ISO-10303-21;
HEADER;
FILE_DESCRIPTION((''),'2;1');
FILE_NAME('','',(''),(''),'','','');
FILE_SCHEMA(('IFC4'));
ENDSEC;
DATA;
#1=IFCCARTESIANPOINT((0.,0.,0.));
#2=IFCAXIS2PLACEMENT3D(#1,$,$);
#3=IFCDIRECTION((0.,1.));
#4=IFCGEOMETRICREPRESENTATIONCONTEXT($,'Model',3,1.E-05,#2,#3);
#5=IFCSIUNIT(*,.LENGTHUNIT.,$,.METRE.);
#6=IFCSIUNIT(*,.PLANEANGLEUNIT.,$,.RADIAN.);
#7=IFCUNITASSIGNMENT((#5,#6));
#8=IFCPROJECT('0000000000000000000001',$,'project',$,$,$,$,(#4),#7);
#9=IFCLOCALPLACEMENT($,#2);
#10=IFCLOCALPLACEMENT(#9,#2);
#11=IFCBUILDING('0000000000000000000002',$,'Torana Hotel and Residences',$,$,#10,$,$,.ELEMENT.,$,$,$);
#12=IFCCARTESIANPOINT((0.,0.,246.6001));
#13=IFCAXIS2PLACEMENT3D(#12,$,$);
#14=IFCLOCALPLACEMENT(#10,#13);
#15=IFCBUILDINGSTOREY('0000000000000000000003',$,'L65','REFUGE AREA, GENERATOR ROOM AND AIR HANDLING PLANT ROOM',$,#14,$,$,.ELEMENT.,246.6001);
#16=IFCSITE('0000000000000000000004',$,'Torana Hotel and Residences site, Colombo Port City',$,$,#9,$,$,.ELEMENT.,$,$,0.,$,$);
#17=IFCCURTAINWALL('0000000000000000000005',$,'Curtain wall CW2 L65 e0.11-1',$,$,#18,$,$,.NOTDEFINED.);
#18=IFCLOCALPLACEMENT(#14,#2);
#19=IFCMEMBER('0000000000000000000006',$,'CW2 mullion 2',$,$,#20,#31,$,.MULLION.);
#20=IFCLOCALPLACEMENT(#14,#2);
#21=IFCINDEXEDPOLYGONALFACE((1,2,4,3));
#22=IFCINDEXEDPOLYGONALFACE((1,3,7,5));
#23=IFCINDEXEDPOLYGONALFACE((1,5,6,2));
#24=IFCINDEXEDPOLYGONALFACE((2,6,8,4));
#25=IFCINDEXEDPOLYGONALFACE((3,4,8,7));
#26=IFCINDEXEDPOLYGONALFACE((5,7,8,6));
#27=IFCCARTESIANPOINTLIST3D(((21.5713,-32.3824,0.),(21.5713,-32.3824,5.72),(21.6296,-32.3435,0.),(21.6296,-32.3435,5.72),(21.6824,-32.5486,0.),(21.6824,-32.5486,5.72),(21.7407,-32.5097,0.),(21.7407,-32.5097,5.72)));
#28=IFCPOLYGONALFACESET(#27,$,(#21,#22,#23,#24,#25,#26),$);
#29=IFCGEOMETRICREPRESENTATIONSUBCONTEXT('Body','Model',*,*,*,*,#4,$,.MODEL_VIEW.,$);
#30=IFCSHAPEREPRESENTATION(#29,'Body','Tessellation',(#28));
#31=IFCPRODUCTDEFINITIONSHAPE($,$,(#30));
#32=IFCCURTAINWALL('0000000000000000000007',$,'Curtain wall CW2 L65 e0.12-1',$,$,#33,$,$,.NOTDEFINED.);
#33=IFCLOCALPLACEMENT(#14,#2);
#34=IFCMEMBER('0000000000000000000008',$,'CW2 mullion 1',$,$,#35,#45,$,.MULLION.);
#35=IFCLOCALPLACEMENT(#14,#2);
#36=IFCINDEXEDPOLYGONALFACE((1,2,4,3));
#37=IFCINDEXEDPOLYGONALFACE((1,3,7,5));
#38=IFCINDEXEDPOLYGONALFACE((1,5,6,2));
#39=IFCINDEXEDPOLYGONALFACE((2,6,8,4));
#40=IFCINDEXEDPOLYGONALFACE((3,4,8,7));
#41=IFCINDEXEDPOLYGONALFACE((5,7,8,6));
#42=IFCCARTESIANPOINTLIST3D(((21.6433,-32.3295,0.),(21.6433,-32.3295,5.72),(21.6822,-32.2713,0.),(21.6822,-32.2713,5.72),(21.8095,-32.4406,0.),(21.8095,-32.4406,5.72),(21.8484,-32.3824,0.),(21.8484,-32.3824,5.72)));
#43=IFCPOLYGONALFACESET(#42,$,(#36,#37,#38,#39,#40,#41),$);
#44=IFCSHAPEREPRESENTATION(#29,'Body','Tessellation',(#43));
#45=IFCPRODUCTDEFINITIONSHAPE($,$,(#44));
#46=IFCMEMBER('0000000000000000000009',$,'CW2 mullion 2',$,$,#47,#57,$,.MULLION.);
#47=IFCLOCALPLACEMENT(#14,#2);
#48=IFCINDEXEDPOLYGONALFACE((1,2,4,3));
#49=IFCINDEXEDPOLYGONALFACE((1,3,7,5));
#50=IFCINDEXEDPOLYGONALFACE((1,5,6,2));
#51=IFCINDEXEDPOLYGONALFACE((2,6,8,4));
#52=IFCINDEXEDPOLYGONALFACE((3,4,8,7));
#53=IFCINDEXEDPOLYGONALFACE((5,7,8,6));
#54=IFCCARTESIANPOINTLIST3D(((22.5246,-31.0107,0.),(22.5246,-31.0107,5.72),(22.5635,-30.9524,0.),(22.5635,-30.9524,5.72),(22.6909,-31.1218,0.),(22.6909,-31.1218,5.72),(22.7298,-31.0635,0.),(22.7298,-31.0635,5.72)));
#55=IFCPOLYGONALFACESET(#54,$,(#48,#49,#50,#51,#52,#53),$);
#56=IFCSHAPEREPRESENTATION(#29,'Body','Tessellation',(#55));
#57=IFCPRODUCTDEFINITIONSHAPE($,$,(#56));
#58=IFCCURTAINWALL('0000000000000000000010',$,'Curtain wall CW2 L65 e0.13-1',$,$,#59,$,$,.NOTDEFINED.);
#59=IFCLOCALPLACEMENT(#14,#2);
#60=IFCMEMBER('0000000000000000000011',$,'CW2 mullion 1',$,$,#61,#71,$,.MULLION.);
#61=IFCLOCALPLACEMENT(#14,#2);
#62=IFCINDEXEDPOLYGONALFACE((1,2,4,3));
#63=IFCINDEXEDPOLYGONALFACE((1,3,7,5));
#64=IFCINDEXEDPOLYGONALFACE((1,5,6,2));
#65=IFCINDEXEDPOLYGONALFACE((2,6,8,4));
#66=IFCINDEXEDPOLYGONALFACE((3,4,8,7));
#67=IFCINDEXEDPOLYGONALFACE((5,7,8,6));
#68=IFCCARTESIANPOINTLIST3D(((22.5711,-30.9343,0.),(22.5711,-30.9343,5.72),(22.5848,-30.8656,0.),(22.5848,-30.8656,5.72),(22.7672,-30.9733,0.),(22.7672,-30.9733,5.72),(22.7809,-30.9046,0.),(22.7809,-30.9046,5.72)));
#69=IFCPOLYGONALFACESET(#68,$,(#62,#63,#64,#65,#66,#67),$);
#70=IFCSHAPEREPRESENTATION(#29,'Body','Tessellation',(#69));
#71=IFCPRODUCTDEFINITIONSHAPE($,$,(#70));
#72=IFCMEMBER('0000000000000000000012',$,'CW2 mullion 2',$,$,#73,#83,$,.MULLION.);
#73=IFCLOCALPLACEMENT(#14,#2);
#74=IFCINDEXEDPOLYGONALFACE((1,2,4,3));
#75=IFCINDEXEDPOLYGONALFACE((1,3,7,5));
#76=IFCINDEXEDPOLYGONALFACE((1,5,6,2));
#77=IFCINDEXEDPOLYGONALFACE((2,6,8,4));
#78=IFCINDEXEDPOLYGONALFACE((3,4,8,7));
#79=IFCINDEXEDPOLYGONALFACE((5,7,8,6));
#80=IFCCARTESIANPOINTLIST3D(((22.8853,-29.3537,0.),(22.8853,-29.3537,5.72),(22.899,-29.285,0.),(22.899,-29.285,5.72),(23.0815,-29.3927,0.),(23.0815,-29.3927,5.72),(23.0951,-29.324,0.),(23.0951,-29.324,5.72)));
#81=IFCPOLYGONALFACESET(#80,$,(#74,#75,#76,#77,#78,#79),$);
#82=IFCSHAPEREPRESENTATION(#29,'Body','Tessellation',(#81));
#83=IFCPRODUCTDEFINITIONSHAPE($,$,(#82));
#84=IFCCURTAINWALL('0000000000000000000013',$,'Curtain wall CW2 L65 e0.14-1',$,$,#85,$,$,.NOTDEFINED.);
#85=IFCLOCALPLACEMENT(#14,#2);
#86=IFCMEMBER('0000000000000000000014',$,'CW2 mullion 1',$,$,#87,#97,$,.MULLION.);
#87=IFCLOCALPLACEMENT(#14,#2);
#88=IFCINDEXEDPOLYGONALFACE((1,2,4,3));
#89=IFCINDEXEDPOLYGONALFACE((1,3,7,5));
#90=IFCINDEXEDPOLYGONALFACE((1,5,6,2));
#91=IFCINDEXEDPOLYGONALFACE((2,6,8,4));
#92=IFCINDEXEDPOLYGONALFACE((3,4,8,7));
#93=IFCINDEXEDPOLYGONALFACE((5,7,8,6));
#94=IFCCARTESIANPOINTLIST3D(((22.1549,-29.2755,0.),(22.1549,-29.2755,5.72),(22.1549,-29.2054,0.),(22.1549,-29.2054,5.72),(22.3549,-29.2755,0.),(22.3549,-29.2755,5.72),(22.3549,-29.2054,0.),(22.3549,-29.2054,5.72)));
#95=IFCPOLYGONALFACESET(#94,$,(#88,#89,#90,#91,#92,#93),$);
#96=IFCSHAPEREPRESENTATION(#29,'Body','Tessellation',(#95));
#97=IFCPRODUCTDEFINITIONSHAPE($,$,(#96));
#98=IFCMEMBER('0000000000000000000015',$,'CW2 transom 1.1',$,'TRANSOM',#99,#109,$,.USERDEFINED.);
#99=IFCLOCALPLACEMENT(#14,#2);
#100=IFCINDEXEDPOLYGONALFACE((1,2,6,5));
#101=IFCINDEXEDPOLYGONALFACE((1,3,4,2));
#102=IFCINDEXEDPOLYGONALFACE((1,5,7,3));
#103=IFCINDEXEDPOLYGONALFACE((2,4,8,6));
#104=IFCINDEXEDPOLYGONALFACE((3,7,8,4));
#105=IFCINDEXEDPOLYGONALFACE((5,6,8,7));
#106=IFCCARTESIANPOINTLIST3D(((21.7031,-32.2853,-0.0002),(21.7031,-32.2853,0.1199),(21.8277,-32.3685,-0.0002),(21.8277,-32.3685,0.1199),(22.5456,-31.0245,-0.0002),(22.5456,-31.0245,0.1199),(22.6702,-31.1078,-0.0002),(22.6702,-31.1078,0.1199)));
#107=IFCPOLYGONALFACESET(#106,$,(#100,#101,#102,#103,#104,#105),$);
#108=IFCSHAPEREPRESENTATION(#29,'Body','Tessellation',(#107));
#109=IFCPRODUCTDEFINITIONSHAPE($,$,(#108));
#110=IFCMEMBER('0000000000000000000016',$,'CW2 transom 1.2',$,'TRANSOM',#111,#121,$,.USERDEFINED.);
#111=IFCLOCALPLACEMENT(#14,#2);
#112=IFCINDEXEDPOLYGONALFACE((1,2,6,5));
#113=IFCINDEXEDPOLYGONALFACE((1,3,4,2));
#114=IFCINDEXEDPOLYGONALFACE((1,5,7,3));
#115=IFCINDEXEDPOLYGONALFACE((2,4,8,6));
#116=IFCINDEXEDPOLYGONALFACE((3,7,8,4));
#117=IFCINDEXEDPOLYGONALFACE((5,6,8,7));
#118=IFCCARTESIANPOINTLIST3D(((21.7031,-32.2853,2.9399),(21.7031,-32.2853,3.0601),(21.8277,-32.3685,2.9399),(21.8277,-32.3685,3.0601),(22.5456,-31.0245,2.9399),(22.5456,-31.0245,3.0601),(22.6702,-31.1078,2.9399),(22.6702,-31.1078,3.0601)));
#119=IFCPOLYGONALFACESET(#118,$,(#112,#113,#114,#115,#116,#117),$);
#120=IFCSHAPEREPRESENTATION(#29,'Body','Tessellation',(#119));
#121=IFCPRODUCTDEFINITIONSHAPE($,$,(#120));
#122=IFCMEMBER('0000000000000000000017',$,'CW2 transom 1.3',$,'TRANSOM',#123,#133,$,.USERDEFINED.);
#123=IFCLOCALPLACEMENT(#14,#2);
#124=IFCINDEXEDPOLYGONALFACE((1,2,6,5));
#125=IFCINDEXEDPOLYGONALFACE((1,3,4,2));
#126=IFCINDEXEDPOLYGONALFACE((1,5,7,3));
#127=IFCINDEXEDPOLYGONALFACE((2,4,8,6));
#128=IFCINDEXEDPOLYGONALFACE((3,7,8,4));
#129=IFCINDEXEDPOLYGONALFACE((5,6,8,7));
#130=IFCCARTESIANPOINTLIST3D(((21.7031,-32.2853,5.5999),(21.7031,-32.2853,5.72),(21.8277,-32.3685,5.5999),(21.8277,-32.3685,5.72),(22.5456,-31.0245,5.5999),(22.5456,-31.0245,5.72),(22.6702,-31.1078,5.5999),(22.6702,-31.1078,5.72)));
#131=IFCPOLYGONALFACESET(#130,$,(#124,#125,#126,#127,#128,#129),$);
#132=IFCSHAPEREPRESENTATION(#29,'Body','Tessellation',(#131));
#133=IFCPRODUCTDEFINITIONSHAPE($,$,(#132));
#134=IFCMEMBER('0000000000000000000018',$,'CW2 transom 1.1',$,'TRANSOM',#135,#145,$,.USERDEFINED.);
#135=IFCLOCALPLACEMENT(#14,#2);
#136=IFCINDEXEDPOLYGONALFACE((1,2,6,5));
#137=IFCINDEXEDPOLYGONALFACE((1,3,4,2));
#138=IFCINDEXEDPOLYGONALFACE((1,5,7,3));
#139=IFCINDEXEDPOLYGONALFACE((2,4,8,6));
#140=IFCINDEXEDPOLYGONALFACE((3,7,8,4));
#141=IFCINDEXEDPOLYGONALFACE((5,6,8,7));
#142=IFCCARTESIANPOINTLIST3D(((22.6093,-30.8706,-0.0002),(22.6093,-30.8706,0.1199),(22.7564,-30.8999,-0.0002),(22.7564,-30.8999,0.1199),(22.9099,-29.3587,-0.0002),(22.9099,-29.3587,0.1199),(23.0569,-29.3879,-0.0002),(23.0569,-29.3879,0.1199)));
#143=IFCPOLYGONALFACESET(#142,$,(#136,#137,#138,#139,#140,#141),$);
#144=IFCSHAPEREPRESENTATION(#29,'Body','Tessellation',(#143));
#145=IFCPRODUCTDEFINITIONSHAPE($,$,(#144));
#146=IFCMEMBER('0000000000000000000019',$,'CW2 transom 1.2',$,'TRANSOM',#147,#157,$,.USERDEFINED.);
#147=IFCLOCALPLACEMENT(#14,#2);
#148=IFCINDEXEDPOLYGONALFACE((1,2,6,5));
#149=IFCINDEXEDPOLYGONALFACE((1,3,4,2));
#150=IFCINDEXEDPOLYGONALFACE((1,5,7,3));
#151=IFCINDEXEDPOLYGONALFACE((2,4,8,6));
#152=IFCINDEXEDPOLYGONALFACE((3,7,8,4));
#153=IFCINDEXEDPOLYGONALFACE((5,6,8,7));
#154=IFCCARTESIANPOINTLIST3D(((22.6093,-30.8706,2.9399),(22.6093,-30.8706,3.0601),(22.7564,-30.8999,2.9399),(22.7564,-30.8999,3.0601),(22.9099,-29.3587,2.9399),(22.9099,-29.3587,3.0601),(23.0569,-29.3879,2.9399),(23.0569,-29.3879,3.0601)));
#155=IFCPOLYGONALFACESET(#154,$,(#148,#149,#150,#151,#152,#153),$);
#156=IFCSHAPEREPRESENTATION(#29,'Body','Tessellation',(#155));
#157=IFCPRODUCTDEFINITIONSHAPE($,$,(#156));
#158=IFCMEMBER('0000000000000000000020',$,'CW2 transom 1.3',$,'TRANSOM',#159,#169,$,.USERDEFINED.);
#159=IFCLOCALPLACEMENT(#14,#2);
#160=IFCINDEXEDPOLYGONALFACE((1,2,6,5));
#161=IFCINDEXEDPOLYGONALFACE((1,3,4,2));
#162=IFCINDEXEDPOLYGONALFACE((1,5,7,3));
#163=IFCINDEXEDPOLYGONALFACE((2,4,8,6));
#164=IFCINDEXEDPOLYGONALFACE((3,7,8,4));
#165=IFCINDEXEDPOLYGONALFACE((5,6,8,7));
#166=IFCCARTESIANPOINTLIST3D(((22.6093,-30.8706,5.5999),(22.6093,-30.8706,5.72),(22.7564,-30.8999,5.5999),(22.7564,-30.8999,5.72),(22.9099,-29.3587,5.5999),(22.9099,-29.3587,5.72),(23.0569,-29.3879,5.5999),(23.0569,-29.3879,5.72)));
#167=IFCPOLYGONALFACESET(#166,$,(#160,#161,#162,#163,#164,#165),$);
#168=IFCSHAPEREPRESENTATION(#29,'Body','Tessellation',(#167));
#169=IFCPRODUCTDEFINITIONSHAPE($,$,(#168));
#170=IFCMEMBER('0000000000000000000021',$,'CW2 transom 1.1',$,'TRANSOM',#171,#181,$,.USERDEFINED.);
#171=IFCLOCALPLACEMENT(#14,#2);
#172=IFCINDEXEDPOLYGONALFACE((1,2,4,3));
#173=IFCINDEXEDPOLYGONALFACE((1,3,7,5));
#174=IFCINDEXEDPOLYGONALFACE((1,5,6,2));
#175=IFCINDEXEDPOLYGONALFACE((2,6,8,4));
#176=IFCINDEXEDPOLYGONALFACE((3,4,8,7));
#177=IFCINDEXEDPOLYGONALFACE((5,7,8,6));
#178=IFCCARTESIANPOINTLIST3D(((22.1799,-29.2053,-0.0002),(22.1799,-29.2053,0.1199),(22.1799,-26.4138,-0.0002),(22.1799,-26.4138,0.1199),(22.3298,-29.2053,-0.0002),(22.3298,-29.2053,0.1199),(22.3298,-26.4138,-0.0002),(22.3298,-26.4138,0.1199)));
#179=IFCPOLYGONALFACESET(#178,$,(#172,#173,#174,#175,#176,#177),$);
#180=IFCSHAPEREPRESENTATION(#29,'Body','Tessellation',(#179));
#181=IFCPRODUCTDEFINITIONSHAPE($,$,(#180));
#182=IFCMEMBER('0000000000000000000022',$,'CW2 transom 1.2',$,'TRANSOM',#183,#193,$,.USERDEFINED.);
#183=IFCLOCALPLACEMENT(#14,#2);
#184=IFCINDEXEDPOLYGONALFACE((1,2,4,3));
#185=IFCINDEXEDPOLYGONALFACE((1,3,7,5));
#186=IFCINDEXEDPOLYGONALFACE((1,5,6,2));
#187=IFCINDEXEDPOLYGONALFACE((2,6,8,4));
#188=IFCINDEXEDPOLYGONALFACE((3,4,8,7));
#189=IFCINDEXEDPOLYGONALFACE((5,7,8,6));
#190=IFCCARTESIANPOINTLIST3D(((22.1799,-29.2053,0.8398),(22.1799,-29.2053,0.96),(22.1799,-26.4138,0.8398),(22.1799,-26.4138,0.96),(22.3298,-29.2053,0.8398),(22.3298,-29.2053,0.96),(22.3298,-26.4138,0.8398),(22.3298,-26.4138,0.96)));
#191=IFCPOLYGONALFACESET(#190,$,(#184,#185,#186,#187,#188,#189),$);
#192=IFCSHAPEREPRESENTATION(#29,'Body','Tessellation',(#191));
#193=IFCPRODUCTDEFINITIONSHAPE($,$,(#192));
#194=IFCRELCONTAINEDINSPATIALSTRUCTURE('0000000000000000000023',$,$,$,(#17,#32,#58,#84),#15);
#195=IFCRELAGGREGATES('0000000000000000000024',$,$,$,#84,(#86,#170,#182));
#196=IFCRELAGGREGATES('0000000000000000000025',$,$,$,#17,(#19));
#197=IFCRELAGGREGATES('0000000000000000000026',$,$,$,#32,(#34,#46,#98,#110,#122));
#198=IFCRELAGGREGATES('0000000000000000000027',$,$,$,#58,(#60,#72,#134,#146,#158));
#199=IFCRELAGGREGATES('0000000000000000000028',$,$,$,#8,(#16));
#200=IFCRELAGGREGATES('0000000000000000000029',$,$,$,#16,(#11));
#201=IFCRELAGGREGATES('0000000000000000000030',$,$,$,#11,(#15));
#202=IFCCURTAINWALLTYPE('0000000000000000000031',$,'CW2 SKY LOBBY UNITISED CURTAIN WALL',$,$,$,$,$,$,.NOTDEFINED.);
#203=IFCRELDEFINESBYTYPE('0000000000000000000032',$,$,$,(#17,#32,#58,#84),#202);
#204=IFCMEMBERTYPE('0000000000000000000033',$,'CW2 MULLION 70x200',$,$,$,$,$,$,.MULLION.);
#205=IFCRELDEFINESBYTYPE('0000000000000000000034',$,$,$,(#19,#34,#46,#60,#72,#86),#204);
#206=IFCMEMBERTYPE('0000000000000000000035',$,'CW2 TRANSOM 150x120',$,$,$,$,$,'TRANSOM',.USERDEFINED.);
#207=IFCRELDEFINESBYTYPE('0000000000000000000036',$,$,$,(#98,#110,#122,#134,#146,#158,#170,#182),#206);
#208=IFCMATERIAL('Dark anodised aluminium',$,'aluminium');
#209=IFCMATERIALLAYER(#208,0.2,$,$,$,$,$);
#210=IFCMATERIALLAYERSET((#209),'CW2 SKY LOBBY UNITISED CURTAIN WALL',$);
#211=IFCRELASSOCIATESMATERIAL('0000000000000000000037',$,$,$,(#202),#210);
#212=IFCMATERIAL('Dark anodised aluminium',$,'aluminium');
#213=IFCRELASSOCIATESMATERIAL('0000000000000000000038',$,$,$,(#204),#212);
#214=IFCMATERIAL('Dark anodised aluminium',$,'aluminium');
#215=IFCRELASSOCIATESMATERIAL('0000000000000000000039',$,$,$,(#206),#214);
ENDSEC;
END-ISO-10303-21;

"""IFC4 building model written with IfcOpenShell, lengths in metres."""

from ifc_helpers import new_model, si_unit, direction, frame, origin, origin_2d, place, context, subcontext, project, spatial, rectangle, extrude, material, layer, layer_set, material_profile, profile_set, type_object, element, aggregate, save


model = new_model("IFC4")

# Units and contexts
model_context = context("Model", 3, precision=1e-05, world=origin(), true_north=direction((0.0, 1.0)))
body_context = subcontext(model_context, "Body", "Model", "MODEL_VIEW")
ifc_project = project(units=[si_unit("LENGTHUNIT", "METRE"), si_unit("PLANEANGLEUNIT", "RADIAN")], contexts=[model_context])

# Site, building, storey
site_placement = place(None, origin())
site = spatial("IfcSite", under=ifc_project, at=site_placement, Name="Torana Hotel and Residences site, Colombo Port City", CompositionType="ELEMENT", RefElevation=0.0)
building_placement = place(site_placement, origin())
building = spatial("IfcBuilding", under=site, at=building_placement, Name="Torana Hotel and Residences", CompositionType="ELEMENT")
storey_placement = place(building_placement, frame((0.0, 0.0, 246.6001)))
storey = spatial("IfcBuildingStorey", under=building, at=storey_placement, Name="L65", Description="REFUGE AREA, GENERATOR ROOM AND AIR HANDLING PLANT ROOM", CompositionType="ELEMENT", Elevation=246.6001)

# Curtain wall, member
ifc_material_1 = material(Name="Dark anodised aluminium", Category="aluminium")
ifc_layer_1 = layer(ifc_material_1, 0.2)
ifc_layer_set_1 = layer_set([ifc_layer_1], Name="CW2 SKY LOBBY UNITISED CURTAIN WALL")
curtain_wall_type = type_object("IfcCurtainWallType", Name="CW2 SKY LOBBY UNITISED CURTAIN WALL", PredefinedType="NOTDEFINED", material=ifc_layer_set_1)
curtain_wall_1_placement = place(storey_placement, origin())
curtain_wall_1 = element("IfcCurtainWall", 1, at=curtain_wall_1_placement, inside=storey, type_object=curtain_wall_type, Name="Curtain wall CW2 L65 e0.11-1", PredefinedType="NOTDEFINED")
ifc_material_2 = material(Name="Dark anodised aluminium", Category="aluminium")
ifc_material_profile_1 = material_profile(ifc_material_2, rectangle(XDim=0.2, YDim=0.0701, at=origin_2d()), Name="CW2 MULLION 70x200")
ifc_profile_set_1 = profile_set([ifc_material_profile_1], Name="Dark anodised aluminium")
member_type_1 = type_object("IfcMemberType", Name="CW2 MULLION 70x200", PredefinedType="MULLION", material=ifc_profile_set_1)
member_1_placement = place(storey_placement, frame((21.656, -32.446, 0.0), z_axis=(0.0, 0.0, 1.0), x_axis=(-0.555564, 0.831474, 0.0)))
member_1 = element("IfcMember", 2, at=member_1_placement, type_object=member_type_1, Name="CW2 mullion 2", PredefinedType="MULLION", context=body_context, shape_type="SweptSolid", body=[
    extrude(rectangle(XDim=0.2, YDim=0.0701, at=origin_2d()), origin(), (0.0, 0.0, 1.0), 5.72),
])

# Curtain walls, members
curtain_wall_2_placement = place(storey_placement, origin())
curtain_wall_2 = element("IfcCurtainWall", 3, at=curtain_wall_2_placement, inside=storey, type_object=curtain_wall_type, Name="Curtain wall CW2 L65 e0.12-1", PredefinedType="NOTDEFINED")
member_2_placement = place(storey_placement, frame((21.7458, -32.356, 0.0), z_axis=(0.0, 0.0, 1.0), x_axis=(-0.831474, 0.555564, 0.0)))
member_2 = element("IfcMember", 4, at=member_2_placement, type_object=member_type_1, Name="CW2 mullion 1", PredefinedType="MULLION", context=body_context, shape_type="SweptSolid", body=[
    extrude(rectangle(XDim=0.2, YDim=0.0701, at=origin_2d()), origin(), (0.0, 0.0, 1.0), 5.72),
])
member_3_placement = place(storey_placement, frame((22.6272, -31.0371, 0.0), z_axis=(0.0, 0.0, 1.0), x_axis=(-0.831474, 0.555564, 0.0)))
member_3 = element("IfcMember", 5, at=member_3_placement, type_object=member_type_1, Name="CW2 mullion 2", PredefinedType="MULLION", context=body_context, shape_type="SweptSolid", body=[
    extrude(rectangle(XDim=0.2, YDim=0.0701, at=origin_2d()), origin(), (0.0, 0.0, 1.0), 5.72),
])
curtain_wall_3_placement = place(storey_placement, origin())
curtain_wall_3 = element("IfcCurtainWall", 6, at=curtain_wall_3_placement, inside=storey, type_object=curtain_wall_type, Name="Curtain wall CW2 L65 e0.13-1", PredefinedType="NOTDEFINED")
member_4_placement = place(storey_placement, frame((22.676, -30.9194, 0.0), z_axis=(0.0, 0.0, 1.0), x_axis=(-0.980791, 0.195064, 0.0)))
member_4 = element("IfcMember", 7, at=member_4_placement, type_object=member_type_1, Name="CW2 mullion 1", PredefinedType="MULLION", context=body_context, shape_type="SweptSolid", body=[
    extrude(rectangle(XDim=0.2, YDim=0.0701, at=origin_2d()), origin(), (0.0, 0.0, 1.0), 5.72),
])
member_5_placement = place(storey_placement, frame((22.9902, -29.3389, 0.0), z_axis=(0.0, 0.0, 1.0), x_axis=(-0.980791, 0.195064, 0.0)))
member_5 = element("IfcMember", 8, at=member_5_placement, type_object=member_type_1, Name="CW2 mullion 2", PredefinedType="MULLION", context=body_context, shape_type="SweptSolid", body=[
    extrude(rectangle(XDim=0.2, YDim=0.0701, at=origin_2d()), origin(), (0.0, 0.0, 1.0), 5.72),
])

# Curtain wall, member
curtain_wall_4_placement = place(storey_placement, origin())
curtain_wall_4 = element("IfcCurtainWall", 9, at=curtain_wall_4_placement, inside=storey, type_object=curtain_wall_type, Name="Curtain wall CW2 L65 e0.14-1", PredefinedType="NOTDEFINED")
member_6_placement = place(storey_placement, frame((22.2549, -29.2405, 0.0), z_axis=(0.0, 0.0, 1.0), x_axis=(-1.0, 0.0, 0.0)))
member_6 = element("IfcMember", 10, at=member_6_placement, type_object=member_type_1, Name="CW2 mullion 1", PredefinedType="MULLION", context=body_context, shape_type="SweptSolid", body=[
    extrude(rectangle(XDim=0.2, YDim=0.0701, at=origin_2d()), origin(), (0.0, 0.0, 1.0), 5.72),
])

# Members
ifc_material_3 = material(Name="Dark anodised aluminium", Category="aluminium")
ifc_material_profile_2 = material_profile(ifc_material_3, rectangle(XDim=0.1499, YDim=0.1201, at=origin_2d()), Name="CW2 TRANSOM 150x120")
ifc_profile_set_2 = profile_set([ifc_material_profile_2], Name="Dark anodised aluminium")
member_type_2 = type_object("IfcMemberType", Name="CW2 TRANSOM 150x120", ElementType="TRANSOM", PredefinedType="USERDEFINED", material=ifc_profile_set_2)
member_7_placement = place(storey_placement, frame((21.7654, -32.3269, 0.0598), z_axis=(0.555629, 0.831431, 0.0), x_axis=(-0.831431, 0.555629, 0.0)))
member_7 = element("IfcMember", 11, at=member_7_placement, type_object=member_type_2, Name="CW2 transom 1.1", ObjectType="TRANSOM", PredefinedType="USERDEFINED", context=body_context, shape_type="SweptSolid", body=[
    extrude(rectangle(XDim=0.1499, YDim=0.1201, at=origin_2d()), origin(), (0.0, 0.0, 1.0), 1.5164),
])
member_8_placement = place(storey_placement, frame((21.7654, -32.3269, 3.0), z_axis=(0.555629, 0.831431, 0.0), x_axis=(-0.831431, 0.555629, 0.0)))
member_8 = element("IfcMember", 12, at=member_8_placement, type_object=member_type_2, Name="CW2 transom 1.2", ObjectType="TRANSOM", PredefinedType="USERDEFINED", context=body_context, shape_type="SweptSolid", body=[
    extrude(rectangle(XDim=0.1499, YDim=0.1201, at=origin_2d()), origin(), (0.0, 0.0, 1.0), 1.5164),
])
member_9_placement = place(storey_placement, frame((21.7654, -32.3269, 5.6599), z_axis=(0.555629, 0.831431, 0.0), x_axis=(-0.831431, 0.555629, 0.0)))
member_9 = element("IfcMember", 13, at=member_9_placement, type_object=member_type_2, Name="CW2 transom 1.3", ObjectType="TRANSOM", PredefinedType="USERDEFINED", context=body_context, shape_type="SweptSolid", body=[
    extrude(rectangle(XDim=0.1499, YDim=0.1201, at=origin_2d()), origin(), (0.0, 0.0, 1.0), 1.5164),
])
member_10_placement = place(storey_placement, frame((22.6829, -30.8853, 0.0598), z_axis=(0.194959, 0.980811, 0.0), x_axis=(-0.980811, 0.194959, 0.0)))
member_10 = element("IfcMember", 14, at=member_10_placement, type_object=member_type_2, Name="CW2 transom 1.1", ObjectType="TRANSOM", PredefinedType="USERDEFINED", context=body_context, shape_type="SweptSolid", body=[
    extrude(rectangle(XDim=0.1499, YDim=0.1201, at=origin_2d()), origin(), (0.0, 0.0, 1.0), 1.5415),
])
member_11_placement = place(storey_placement, frame((22.6829, -30.8853, 3.0), z_axis=(0.194959, 0.980811, 0.0), x_axis=(-0.980811, 0.194959, 0.0)))
member_11 = element("IfcMember", 15, at=member_11_placement, type_object=member_type_2, Name="CW2 transom 1.2", ObjectType="TRANSOM", PredefinedType="USERDEFINED", context=body_context, shape_type="SweptSolid", body=[
    extrude(rectangle(XDim=0.1499, YDim=0.1201, at=origin_2d()), origin(), (0.0, 0.0, 1.0), 1.5415),
])
member_12_placement = place(storey_placement, frame((22.6829, -30.8853, 5.6599), z_axis=(0.194959, 0.980811, 0.0), x_axis=(-0.980811, 0.194959, 0.0)))
member_12 = element("IfcMember", 16, at=member_12_placement, type_object=member_type_2, Name="CW2 transom 1.3", ObjectType="TRANSOM", PredefinedType="USERDEFINED", context=body_context, shape_type="SweptSolid", body=[
    extrude(rectangle(XDim=0.1499, YDim=0.1201, at=origin_2d()), origin(), (0.0, 0.0, 1.0), 1.5415),
])
member_13_placement = place(storey_placement, frame((22.2549, -29.2053, 0.0598), z_axis=(0.0, 1.0, 0.0), x_axis=(-1.0, 0.0, 0.0)))
member_13 = element("IfcMember", 17, at=member_13_placement, type_object=member_type_2, Name="CW2 transom 1.1", ObjectType="TRANSOM", PredefinedType="USERDEFINED", context=body_context, shape_type="SweptSolid", body=[
    extrude(rectangle(XDim=0.1499, YDim=0.1201, at=origin_2d()), origin(), (0.0, 0.0, 1.0), 2.7915),
])
member_14_placement = place(storey_placement, frame((22.2549, -29.2053, 0.8999), z_axis=(0.0, 1.0, 0.0), x_axis=(-1.0, 0.0, 0.0)))
member_14 = element("IfcMember", 18, at=member_14_placement, type_object=member_type_2, Name="CW2 transom 1.2", ObjectType="TRANSOM", PredefinedType="USERDEFINED", context=body_context, shape_type="SweptSolid", body=[
    extrude(rectangle(XDim=0.1499, YDim=0.1201, at=origin_2d()), origin(), (0.0, 0.0, 1.0), 2.7915),
])
aggregate(curtain_wall_4, [member_6, member_13, member_14])

aggregate(curtain_wall_1, [member_1])
aggregate(curtain_wall_2, [member_2, member_3, member_7, member_8, member_9])
aggregate(curtain_wall_3, [member_4, member_5, member_10, member_11, member_12])

save(model, "model.ifc")
